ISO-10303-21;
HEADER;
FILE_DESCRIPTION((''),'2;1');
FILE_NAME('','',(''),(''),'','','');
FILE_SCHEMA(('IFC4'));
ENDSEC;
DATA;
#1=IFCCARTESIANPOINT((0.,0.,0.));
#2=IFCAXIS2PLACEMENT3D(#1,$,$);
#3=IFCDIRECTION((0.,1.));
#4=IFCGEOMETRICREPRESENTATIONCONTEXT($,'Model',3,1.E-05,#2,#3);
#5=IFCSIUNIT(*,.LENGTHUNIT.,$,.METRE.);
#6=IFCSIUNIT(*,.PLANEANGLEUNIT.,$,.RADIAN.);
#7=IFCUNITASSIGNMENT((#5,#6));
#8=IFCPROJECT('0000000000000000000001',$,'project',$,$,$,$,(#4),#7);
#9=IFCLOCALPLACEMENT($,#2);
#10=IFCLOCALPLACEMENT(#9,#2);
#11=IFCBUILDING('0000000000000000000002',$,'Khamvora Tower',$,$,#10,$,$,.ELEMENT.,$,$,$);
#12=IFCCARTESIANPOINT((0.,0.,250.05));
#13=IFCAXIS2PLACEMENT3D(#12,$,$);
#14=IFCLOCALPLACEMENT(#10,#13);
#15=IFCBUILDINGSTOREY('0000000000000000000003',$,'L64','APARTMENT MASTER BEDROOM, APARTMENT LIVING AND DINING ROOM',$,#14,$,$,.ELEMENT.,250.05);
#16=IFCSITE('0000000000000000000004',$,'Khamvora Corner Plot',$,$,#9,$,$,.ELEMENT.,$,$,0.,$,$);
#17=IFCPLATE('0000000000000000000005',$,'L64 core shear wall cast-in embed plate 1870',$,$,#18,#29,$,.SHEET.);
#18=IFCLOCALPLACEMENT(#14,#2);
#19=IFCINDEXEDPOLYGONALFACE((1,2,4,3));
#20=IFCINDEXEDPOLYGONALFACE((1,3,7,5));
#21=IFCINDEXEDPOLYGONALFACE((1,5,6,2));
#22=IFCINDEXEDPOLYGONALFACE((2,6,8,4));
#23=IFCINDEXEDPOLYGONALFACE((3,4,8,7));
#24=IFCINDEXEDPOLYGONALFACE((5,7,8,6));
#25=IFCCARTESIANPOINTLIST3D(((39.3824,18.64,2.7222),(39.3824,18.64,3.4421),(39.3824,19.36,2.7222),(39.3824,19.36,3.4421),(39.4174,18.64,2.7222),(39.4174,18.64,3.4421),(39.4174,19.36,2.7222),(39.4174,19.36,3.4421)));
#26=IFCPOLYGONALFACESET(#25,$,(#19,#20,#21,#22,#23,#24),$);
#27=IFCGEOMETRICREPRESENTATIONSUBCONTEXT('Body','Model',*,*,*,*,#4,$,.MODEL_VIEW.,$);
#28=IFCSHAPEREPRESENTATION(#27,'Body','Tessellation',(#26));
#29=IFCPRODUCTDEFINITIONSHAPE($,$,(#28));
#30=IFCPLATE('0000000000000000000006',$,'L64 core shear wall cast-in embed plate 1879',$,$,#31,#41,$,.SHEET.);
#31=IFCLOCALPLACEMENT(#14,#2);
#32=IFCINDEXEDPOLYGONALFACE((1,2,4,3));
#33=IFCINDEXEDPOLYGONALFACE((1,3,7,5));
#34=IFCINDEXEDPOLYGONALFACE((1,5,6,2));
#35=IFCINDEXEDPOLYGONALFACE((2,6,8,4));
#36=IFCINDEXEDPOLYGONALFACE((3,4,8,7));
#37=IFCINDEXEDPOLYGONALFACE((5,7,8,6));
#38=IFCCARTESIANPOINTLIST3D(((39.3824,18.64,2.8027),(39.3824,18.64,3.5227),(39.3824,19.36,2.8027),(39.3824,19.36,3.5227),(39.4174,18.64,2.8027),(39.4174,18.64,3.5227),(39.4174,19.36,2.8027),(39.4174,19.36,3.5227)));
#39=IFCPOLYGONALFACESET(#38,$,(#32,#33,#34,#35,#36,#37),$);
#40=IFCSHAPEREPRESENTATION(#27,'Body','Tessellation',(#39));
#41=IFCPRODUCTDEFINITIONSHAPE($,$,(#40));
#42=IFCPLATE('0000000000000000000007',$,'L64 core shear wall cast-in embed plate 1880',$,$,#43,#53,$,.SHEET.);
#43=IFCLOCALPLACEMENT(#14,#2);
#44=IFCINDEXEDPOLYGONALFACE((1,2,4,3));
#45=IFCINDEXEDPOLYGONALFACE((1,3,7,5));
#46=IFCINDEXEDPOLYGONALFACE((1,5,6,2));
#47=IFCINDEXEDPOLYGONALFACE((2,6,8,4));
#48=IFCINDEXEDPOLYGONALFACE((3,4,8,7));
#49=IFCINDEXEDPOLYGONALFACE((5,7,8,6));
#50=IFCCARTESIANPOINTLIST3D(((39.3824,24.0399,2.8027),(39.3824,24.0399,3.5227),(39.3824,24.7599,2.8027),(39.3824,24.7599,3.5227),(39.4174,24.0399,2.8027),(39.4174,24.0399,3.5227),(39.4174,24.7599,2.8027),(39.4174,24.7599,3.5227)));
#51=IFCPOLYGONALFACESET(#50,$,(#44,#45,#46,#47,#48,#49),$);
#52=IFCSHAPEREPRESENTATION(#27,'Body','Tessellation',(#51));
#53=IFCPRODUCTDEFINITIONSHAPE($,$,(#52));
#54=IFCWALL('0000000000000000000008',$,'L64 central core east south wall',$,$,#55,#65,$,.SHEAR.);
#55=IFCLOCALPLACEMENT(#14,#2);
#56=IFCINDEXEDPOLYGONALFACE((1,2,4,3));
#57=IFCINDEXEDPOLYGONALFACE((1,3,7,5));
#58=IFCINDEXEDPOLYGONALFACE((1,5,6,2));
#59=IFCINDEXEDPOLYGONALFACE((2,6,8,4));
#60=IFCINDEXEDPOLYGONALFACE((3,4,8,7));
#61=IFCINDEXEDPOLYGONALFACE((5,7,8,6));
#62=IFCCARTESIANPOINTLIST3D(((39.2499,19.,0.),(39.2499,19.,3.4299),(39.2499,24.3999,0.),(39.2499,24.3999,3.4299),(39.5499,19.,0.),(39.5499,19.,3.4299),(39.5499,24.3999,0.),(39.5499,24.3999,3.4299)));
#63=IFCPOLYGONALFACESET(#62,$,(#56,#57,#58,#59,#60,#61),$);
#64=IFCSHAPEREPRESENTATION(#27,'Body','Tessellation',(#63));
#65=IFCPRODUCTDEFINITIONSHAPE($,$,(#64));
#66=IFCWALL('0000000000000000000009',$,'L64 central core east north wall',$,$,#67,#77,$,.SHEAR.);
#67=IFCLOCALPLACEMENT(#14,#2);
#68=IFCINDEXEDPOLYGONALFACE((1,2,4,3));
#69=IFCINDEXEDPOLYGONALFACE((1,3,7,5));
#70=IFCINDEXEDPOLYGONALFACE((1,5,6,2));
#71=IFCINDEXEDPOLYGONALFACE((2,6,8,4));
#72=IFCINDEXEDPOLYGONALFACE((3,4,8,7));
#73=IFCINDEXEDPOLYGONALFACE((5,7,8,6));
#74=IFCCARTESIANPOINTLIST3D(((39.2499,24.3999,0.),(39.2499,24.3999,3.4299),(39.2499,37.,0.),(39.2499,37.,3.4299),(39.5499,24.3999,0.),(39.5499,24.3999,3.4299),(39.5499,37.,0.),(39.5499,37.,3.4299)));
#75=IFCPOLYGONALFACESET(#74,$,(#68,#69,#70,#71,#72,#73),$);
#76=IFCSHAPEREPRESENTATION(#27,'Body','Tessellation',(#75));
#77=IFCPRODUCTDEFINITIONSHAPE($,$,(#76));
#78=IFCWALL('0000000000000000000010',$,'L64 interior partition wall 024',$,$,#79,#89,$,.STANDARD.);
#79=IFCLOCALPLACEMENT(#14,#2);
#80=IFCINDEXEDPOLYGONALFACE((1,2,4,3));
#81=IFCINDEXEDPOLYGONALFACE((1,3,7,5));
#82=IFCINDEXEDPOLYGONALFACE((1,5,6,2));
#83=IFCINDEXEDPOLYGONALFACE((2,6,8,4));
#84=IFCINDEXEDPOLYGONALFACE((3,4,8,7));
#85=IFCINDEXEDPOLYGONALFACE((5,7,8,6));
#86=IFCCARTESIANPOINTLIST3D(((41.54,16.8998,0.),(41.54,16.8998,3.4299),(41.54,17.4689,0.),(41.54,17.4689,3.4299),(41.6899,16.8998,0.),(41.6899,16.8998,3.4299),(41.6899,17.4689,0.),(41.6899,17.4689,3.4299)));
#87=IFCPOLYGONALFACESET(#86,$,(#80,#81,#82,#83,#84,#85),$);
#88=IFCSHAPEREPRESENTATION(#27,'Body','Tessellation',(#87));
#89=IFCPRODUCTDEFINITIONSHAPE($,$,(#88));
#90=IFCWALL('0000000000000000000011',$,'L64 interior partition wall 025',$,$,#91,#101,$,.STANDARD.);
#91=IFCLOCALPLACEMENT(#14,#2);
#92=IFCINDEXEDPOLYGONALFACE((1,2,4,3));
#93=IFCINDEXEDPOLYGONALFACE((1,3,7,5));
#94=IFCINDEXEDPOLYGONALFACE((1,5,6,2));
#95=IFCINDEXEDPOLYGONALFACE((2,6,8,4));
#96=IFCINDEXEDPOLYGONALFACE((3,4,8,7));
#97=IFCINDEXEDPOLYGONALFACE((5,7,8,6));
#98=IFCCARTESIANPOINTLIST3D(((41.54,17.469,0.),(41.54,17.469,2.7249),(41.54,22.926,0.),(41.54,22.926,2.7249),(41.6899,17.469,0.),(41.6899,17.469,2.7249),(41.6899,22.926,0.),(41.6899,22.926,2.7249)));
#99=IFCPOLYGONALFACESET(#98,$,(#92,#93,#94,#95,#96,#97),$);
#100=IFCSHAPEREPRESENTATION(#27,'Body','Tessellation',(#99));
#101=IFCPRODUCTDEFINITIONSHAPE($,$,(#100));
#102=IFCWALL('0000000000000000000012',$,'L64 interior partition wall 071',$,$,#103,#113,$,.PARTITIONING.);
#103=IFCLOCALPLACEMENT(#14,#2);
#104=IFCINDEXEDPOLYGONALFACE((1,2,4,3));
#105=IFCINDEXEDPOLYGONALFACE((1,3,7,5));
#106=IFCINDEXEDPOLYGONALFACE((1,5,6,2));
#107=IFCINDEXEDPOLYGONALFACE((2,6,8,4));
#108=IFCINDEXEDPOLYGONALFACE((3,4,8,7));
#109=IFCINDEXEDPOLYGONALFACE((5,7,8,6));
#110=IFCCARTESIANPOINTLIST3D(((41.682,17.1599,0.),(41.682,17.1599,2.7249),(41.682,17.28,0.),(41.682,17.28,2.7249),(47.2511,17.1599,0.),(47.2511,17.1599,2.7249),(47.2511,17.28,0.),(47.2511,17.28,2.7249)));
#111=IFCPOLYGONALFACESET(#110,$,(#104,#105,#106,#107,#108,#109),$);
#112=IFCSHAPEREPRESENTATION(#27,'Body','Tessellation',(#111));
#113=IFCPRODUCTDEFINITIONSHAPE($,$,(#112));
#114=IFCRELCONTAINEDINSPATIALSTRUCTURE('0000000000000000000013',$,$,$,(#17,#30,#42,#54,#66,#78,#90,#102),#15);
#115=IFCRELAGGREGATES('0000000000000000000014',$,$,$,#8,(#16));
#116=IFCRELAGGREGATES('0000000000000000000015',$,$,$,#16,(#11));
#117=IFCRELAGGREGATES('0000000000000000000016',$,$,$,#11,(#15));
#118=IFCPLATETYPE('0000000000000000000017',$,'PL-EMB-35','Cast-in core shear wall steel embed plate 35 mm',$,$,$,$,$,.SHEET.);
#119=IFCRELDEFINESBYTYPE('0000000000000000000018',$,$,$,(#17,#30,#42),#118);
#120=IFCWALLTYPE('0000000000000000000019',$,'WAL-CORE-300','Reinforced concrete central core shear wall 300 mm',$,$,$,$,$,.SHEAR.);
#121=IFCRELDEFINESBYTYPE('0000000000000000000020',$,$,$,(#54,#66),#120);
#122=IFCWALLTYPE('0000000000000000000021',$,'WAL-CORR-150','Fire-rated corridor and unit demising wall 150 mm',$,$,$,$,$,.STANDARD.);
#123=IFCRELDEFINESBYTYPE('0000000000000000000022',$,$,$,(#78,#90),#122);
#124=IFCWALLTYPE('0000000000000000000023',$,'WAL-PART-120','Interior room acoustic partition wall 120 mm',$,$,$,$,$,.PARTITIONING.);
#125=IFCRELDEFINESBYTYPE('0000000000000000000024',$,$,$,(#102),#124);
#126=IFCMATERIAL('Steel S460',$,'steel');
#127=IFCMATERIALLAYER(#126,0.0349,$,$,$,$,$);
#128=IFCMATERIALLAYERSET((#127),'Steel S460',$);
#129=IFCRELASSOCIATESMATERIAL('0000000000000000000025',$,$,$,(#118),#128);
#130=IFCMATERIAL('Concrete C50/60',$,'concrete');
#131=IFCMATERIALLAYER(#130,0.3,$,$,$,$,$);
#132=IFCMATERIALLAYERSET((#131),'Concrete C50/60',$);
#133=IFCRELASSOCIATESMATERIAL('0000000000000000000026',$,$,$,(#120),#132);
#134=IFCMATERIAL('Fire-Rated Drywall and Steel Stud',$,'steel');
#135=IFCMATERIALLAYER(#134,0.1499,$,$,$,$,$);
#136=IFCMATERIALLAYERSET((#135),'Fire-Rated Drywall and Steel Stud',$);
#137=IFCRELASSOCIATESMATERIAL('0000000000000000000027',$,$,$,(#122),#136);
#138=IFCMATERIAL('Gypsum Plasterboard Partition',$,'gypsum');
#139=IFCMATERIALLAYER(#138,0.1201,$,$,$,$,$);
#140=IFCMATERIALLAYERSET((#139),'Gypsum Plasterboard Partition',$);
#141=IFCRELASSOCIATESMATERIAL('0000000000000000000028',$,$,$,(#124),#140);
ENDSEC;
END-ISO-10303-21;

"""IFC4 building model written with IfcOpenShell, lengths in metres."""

from ifc_helpers import new_model, si_unit, direction, frame, frame_2d, origin, origin_2d, place, context, subcontext, project, spatial, rectangle, extrude, material, layer, layer_set, type_object, element, save


model = new_model("IFC4")

# Units and contexts
model_context = context("Model", 3, precision=1e-05, world=origin(), true_north=direction((0.0, 1.0)))
body_context = subcontext(model_context, "Body", "Model", "MODEL_VIEW")
ifc_project = project(units=[si_unit("LENGTHUNIT", "METRE"), si_unit("PLANEANGLEUNIT", "RADIAN")], contexts=[model_context])

# Site, building, storey
site_placement = place(None, origin())
site = spatial("IfcSite", under=ifc_project, at=site_placement, Name="Khamvora Corner Plot", CompositionType="ELEMENT", RefElevation=0.0)
building_placement = place(site_placement, origin())
building = spatial("IfcBuilding", under=site, at=building_placement, Name="Khamvora Tower", CompositionType="ELEMENT")
storey_placement = place(building_placement, frame((0.0, 0.0, 250.05)))
storey = spatial("IfcBuildingStorey", under=building, at=storey_placement, Name="L64", Description="APARTMENT MASTER BEDROOM, APARTMENT LIVING AND DINING ROOM", CompositionType="ELEMENT", Elevation=250.05)

# Plates
ifc_material_1 = material(Name="Steel S460", Category="steel")
ifc_layer_1 = layer(ifc_material_1, 0.0349)
ifc_layer_set_1 = layer_set([ifc_layer_1], Name="Steel S460")
plate_type = type_object("IfcPlateType", Name="PL-EMB-35", Description="Cast-in core shear wall steel embed plate 35 mm", PredefinedType="SHEET", material=ifc_layer_set_1)
for number, where, z_axis, x_axis, name in (
    (1, (39.3999, 19.0, 2.7222), (0.0, 0.0, 1.0), (1.0, 0.0, 0.0), "L64 core shear wall cast-in embed plate 1870"),
    (2, (39.3999, 19.0, 2.8027), (0.0, 0.0, 1.0), (1.0, 0.0, 0.0), "L64 core shear wall cast-in embed plate 1879"),
    (3, (39.3999, 24.3999, 2.8027), (0.0, 0.0, 1.0), (1.0, 0.0, 0.0), "L64 core shear wall cast-in embed plate 1880"),
):
    element("IfcPlate", number, at=place(storey_placement, frame(where, z_axis=z_axis, x_axis=x_axis)), inside=storey, type_object=plate_type, Name=name, PredefinedType="SHEET", context=body_context, shape_type="SweptSolid", body=[
        extrude(rectangle(XDim=0.0349, YDim=0.72, at=origin_2d()), origin(), (0.0, 0.0, 1.0), 0.72),
    ])

# Walls
ifc_material_2 = material(Name="Concrete C50/60", Category="concrete")
ifc_layer_2 = layer(ifc_material_2, 0.3)
ifc_layer_set_2 = layer_set([ifc_layer_2], Name="Concrete C50/60")
wall_type_1 = type_object("IfcWallType", Name="WAL-CORE-300", Description="Reinforced concrete central core shear wall 300 mm", PredefinedType="SHEAR", material=ifc_layer_set_2)
wall_1_placement = place(storey_placement, frame((39.3999, 19.0, 0.0), z_axis=(0.0, 0.0, 1.0), x_axis=(0.0, 1.0, 0.0)))
element("IfcWall", 4, at=wall_1_placement, inside=storey, type_object=wall_type_1, Name="L64 central core east south wall", PredefinedType="SHEAR", context=body_context, shape_type="SweptSolid", body=[
    extrude(rectangle(XDim=5.3999, YDim=0.3, at=frame_2d((2.7, 0.0))), origin(), (0.0, 0.0, 1.0), 3.4299),
])
wall_2_placement = place(storey_placement, frame((39.3999, 24.3999, 0.0), z_axis=(0.0, 0.0, 1.0), x_axis=(0.0, 1.0, 0.0)))
element("IfcWall", 5, at=wall_2_placement, inside=storey, type_object=wall_type_1, Name="L64 central core east north wall", PredefinedType="SHEAR", context=body_context, shape_type="SweptSolid", body=[
    extrude(rectangle(XDim=12.6001, YDim=0.3, at=frame_2d((6.3, 0.0))), origin(), (0.0, 0.0, 1.0), 3.4299),
])
ifc_material_3 = material(Name="Fire-Rated Drywall and Steel Stud", Category="steel")
ifc_layer_3 = layer(ifc_material_3, 0.1499)
ifc_layer_set_3 = layer_set([ifc_layer_3], Name="Fire-Rated Drywall and Steel Stud")
wall_type_2 = type_object("IfcWallType", Name="WAL-CORR-150", Description="Fire-rated corridor and unit demising wall 150 mm", PredefinedType="STANDARD", material=ifc_layer_set_3)
wall_3_placement = place(storey_placement, frame((41.615, 17.469, 0.0), z_axis=(0.0, 0.0, 1.0), x_axis=(0.0, -1.0, 0.0)))
element("IfcWall", 6, at=wall_3_placement, inside=storey, type_object=wall_type_2, Name="L64 interior partition wall 024", PredefinedType="STANDARD", context=body_context, shape_type="SweptSolid", body=[
    extrude(rectangle(XDim=0.5691, YDim=0.1499, at=frame_2d((0.2847, 0.0))), origin(), (0.0, 0.0, 1.0), 3.4299),
])
wall_4_placement = place(storey_placement, frame((41.615, 22.926, 0.0), z_axis=(0.0, 0.0, 1.0), x_axis=(0.0, -1.0, 0.0)))
element("IfcWall", 7, at=wall_4_placement, inside=storey, type_object=wall_type_2, Name="L64 interior partition wall 025", PredefinedType="STANDARD", context=body_context, shape_type="SweptSolid", body=[
    extrude(rectangle(XDim=5.457, YDim=0.1499, at=frame_2d((2.7285, 0.0))), origin(), (0.0, 0.0, 1.0), 2.7249),
])
ifc_material_4 = material(Name="Gypsum Plasterboard Partition", Category="gypsum")
ifc_layer_4 = layer(ifc_material_4, 0.1201)
ifc_layer_set_4 = layer_set([ifc_layer_4], Name="Gypsum Plasterboard Partition")
wall_type_3 = type_object("IfcWallType", Name="WAL-PART-120", Description="Interior room acoustic partition wall 120 mm", PredefinedType="PARTITIONING", material=ifc_layer_set_4)
wall_5_placement = place(storey_placement, frame((41.6819, 17.22, 0.0), z_axis=(0.0, 0.0, 1.0), x_axis=(1.0, 0.0, 0.0)))
element("IfcWall", 8, at=wall_5_placement, inside=storey, type_object=wall_type_3, Name="L64 interior partition wall 071", PredefinedType="PARTITIONING", context=body_context, shape_type="SweptSolid", body=[
    extrude(rectangle(XDim=5.5691, YDim=0.1201, at=frame_2d((2.7847, 0.0))), origin(), (0.0, 0.0, 1.0), 2.7249),
])

save(model, "model.ifc")
